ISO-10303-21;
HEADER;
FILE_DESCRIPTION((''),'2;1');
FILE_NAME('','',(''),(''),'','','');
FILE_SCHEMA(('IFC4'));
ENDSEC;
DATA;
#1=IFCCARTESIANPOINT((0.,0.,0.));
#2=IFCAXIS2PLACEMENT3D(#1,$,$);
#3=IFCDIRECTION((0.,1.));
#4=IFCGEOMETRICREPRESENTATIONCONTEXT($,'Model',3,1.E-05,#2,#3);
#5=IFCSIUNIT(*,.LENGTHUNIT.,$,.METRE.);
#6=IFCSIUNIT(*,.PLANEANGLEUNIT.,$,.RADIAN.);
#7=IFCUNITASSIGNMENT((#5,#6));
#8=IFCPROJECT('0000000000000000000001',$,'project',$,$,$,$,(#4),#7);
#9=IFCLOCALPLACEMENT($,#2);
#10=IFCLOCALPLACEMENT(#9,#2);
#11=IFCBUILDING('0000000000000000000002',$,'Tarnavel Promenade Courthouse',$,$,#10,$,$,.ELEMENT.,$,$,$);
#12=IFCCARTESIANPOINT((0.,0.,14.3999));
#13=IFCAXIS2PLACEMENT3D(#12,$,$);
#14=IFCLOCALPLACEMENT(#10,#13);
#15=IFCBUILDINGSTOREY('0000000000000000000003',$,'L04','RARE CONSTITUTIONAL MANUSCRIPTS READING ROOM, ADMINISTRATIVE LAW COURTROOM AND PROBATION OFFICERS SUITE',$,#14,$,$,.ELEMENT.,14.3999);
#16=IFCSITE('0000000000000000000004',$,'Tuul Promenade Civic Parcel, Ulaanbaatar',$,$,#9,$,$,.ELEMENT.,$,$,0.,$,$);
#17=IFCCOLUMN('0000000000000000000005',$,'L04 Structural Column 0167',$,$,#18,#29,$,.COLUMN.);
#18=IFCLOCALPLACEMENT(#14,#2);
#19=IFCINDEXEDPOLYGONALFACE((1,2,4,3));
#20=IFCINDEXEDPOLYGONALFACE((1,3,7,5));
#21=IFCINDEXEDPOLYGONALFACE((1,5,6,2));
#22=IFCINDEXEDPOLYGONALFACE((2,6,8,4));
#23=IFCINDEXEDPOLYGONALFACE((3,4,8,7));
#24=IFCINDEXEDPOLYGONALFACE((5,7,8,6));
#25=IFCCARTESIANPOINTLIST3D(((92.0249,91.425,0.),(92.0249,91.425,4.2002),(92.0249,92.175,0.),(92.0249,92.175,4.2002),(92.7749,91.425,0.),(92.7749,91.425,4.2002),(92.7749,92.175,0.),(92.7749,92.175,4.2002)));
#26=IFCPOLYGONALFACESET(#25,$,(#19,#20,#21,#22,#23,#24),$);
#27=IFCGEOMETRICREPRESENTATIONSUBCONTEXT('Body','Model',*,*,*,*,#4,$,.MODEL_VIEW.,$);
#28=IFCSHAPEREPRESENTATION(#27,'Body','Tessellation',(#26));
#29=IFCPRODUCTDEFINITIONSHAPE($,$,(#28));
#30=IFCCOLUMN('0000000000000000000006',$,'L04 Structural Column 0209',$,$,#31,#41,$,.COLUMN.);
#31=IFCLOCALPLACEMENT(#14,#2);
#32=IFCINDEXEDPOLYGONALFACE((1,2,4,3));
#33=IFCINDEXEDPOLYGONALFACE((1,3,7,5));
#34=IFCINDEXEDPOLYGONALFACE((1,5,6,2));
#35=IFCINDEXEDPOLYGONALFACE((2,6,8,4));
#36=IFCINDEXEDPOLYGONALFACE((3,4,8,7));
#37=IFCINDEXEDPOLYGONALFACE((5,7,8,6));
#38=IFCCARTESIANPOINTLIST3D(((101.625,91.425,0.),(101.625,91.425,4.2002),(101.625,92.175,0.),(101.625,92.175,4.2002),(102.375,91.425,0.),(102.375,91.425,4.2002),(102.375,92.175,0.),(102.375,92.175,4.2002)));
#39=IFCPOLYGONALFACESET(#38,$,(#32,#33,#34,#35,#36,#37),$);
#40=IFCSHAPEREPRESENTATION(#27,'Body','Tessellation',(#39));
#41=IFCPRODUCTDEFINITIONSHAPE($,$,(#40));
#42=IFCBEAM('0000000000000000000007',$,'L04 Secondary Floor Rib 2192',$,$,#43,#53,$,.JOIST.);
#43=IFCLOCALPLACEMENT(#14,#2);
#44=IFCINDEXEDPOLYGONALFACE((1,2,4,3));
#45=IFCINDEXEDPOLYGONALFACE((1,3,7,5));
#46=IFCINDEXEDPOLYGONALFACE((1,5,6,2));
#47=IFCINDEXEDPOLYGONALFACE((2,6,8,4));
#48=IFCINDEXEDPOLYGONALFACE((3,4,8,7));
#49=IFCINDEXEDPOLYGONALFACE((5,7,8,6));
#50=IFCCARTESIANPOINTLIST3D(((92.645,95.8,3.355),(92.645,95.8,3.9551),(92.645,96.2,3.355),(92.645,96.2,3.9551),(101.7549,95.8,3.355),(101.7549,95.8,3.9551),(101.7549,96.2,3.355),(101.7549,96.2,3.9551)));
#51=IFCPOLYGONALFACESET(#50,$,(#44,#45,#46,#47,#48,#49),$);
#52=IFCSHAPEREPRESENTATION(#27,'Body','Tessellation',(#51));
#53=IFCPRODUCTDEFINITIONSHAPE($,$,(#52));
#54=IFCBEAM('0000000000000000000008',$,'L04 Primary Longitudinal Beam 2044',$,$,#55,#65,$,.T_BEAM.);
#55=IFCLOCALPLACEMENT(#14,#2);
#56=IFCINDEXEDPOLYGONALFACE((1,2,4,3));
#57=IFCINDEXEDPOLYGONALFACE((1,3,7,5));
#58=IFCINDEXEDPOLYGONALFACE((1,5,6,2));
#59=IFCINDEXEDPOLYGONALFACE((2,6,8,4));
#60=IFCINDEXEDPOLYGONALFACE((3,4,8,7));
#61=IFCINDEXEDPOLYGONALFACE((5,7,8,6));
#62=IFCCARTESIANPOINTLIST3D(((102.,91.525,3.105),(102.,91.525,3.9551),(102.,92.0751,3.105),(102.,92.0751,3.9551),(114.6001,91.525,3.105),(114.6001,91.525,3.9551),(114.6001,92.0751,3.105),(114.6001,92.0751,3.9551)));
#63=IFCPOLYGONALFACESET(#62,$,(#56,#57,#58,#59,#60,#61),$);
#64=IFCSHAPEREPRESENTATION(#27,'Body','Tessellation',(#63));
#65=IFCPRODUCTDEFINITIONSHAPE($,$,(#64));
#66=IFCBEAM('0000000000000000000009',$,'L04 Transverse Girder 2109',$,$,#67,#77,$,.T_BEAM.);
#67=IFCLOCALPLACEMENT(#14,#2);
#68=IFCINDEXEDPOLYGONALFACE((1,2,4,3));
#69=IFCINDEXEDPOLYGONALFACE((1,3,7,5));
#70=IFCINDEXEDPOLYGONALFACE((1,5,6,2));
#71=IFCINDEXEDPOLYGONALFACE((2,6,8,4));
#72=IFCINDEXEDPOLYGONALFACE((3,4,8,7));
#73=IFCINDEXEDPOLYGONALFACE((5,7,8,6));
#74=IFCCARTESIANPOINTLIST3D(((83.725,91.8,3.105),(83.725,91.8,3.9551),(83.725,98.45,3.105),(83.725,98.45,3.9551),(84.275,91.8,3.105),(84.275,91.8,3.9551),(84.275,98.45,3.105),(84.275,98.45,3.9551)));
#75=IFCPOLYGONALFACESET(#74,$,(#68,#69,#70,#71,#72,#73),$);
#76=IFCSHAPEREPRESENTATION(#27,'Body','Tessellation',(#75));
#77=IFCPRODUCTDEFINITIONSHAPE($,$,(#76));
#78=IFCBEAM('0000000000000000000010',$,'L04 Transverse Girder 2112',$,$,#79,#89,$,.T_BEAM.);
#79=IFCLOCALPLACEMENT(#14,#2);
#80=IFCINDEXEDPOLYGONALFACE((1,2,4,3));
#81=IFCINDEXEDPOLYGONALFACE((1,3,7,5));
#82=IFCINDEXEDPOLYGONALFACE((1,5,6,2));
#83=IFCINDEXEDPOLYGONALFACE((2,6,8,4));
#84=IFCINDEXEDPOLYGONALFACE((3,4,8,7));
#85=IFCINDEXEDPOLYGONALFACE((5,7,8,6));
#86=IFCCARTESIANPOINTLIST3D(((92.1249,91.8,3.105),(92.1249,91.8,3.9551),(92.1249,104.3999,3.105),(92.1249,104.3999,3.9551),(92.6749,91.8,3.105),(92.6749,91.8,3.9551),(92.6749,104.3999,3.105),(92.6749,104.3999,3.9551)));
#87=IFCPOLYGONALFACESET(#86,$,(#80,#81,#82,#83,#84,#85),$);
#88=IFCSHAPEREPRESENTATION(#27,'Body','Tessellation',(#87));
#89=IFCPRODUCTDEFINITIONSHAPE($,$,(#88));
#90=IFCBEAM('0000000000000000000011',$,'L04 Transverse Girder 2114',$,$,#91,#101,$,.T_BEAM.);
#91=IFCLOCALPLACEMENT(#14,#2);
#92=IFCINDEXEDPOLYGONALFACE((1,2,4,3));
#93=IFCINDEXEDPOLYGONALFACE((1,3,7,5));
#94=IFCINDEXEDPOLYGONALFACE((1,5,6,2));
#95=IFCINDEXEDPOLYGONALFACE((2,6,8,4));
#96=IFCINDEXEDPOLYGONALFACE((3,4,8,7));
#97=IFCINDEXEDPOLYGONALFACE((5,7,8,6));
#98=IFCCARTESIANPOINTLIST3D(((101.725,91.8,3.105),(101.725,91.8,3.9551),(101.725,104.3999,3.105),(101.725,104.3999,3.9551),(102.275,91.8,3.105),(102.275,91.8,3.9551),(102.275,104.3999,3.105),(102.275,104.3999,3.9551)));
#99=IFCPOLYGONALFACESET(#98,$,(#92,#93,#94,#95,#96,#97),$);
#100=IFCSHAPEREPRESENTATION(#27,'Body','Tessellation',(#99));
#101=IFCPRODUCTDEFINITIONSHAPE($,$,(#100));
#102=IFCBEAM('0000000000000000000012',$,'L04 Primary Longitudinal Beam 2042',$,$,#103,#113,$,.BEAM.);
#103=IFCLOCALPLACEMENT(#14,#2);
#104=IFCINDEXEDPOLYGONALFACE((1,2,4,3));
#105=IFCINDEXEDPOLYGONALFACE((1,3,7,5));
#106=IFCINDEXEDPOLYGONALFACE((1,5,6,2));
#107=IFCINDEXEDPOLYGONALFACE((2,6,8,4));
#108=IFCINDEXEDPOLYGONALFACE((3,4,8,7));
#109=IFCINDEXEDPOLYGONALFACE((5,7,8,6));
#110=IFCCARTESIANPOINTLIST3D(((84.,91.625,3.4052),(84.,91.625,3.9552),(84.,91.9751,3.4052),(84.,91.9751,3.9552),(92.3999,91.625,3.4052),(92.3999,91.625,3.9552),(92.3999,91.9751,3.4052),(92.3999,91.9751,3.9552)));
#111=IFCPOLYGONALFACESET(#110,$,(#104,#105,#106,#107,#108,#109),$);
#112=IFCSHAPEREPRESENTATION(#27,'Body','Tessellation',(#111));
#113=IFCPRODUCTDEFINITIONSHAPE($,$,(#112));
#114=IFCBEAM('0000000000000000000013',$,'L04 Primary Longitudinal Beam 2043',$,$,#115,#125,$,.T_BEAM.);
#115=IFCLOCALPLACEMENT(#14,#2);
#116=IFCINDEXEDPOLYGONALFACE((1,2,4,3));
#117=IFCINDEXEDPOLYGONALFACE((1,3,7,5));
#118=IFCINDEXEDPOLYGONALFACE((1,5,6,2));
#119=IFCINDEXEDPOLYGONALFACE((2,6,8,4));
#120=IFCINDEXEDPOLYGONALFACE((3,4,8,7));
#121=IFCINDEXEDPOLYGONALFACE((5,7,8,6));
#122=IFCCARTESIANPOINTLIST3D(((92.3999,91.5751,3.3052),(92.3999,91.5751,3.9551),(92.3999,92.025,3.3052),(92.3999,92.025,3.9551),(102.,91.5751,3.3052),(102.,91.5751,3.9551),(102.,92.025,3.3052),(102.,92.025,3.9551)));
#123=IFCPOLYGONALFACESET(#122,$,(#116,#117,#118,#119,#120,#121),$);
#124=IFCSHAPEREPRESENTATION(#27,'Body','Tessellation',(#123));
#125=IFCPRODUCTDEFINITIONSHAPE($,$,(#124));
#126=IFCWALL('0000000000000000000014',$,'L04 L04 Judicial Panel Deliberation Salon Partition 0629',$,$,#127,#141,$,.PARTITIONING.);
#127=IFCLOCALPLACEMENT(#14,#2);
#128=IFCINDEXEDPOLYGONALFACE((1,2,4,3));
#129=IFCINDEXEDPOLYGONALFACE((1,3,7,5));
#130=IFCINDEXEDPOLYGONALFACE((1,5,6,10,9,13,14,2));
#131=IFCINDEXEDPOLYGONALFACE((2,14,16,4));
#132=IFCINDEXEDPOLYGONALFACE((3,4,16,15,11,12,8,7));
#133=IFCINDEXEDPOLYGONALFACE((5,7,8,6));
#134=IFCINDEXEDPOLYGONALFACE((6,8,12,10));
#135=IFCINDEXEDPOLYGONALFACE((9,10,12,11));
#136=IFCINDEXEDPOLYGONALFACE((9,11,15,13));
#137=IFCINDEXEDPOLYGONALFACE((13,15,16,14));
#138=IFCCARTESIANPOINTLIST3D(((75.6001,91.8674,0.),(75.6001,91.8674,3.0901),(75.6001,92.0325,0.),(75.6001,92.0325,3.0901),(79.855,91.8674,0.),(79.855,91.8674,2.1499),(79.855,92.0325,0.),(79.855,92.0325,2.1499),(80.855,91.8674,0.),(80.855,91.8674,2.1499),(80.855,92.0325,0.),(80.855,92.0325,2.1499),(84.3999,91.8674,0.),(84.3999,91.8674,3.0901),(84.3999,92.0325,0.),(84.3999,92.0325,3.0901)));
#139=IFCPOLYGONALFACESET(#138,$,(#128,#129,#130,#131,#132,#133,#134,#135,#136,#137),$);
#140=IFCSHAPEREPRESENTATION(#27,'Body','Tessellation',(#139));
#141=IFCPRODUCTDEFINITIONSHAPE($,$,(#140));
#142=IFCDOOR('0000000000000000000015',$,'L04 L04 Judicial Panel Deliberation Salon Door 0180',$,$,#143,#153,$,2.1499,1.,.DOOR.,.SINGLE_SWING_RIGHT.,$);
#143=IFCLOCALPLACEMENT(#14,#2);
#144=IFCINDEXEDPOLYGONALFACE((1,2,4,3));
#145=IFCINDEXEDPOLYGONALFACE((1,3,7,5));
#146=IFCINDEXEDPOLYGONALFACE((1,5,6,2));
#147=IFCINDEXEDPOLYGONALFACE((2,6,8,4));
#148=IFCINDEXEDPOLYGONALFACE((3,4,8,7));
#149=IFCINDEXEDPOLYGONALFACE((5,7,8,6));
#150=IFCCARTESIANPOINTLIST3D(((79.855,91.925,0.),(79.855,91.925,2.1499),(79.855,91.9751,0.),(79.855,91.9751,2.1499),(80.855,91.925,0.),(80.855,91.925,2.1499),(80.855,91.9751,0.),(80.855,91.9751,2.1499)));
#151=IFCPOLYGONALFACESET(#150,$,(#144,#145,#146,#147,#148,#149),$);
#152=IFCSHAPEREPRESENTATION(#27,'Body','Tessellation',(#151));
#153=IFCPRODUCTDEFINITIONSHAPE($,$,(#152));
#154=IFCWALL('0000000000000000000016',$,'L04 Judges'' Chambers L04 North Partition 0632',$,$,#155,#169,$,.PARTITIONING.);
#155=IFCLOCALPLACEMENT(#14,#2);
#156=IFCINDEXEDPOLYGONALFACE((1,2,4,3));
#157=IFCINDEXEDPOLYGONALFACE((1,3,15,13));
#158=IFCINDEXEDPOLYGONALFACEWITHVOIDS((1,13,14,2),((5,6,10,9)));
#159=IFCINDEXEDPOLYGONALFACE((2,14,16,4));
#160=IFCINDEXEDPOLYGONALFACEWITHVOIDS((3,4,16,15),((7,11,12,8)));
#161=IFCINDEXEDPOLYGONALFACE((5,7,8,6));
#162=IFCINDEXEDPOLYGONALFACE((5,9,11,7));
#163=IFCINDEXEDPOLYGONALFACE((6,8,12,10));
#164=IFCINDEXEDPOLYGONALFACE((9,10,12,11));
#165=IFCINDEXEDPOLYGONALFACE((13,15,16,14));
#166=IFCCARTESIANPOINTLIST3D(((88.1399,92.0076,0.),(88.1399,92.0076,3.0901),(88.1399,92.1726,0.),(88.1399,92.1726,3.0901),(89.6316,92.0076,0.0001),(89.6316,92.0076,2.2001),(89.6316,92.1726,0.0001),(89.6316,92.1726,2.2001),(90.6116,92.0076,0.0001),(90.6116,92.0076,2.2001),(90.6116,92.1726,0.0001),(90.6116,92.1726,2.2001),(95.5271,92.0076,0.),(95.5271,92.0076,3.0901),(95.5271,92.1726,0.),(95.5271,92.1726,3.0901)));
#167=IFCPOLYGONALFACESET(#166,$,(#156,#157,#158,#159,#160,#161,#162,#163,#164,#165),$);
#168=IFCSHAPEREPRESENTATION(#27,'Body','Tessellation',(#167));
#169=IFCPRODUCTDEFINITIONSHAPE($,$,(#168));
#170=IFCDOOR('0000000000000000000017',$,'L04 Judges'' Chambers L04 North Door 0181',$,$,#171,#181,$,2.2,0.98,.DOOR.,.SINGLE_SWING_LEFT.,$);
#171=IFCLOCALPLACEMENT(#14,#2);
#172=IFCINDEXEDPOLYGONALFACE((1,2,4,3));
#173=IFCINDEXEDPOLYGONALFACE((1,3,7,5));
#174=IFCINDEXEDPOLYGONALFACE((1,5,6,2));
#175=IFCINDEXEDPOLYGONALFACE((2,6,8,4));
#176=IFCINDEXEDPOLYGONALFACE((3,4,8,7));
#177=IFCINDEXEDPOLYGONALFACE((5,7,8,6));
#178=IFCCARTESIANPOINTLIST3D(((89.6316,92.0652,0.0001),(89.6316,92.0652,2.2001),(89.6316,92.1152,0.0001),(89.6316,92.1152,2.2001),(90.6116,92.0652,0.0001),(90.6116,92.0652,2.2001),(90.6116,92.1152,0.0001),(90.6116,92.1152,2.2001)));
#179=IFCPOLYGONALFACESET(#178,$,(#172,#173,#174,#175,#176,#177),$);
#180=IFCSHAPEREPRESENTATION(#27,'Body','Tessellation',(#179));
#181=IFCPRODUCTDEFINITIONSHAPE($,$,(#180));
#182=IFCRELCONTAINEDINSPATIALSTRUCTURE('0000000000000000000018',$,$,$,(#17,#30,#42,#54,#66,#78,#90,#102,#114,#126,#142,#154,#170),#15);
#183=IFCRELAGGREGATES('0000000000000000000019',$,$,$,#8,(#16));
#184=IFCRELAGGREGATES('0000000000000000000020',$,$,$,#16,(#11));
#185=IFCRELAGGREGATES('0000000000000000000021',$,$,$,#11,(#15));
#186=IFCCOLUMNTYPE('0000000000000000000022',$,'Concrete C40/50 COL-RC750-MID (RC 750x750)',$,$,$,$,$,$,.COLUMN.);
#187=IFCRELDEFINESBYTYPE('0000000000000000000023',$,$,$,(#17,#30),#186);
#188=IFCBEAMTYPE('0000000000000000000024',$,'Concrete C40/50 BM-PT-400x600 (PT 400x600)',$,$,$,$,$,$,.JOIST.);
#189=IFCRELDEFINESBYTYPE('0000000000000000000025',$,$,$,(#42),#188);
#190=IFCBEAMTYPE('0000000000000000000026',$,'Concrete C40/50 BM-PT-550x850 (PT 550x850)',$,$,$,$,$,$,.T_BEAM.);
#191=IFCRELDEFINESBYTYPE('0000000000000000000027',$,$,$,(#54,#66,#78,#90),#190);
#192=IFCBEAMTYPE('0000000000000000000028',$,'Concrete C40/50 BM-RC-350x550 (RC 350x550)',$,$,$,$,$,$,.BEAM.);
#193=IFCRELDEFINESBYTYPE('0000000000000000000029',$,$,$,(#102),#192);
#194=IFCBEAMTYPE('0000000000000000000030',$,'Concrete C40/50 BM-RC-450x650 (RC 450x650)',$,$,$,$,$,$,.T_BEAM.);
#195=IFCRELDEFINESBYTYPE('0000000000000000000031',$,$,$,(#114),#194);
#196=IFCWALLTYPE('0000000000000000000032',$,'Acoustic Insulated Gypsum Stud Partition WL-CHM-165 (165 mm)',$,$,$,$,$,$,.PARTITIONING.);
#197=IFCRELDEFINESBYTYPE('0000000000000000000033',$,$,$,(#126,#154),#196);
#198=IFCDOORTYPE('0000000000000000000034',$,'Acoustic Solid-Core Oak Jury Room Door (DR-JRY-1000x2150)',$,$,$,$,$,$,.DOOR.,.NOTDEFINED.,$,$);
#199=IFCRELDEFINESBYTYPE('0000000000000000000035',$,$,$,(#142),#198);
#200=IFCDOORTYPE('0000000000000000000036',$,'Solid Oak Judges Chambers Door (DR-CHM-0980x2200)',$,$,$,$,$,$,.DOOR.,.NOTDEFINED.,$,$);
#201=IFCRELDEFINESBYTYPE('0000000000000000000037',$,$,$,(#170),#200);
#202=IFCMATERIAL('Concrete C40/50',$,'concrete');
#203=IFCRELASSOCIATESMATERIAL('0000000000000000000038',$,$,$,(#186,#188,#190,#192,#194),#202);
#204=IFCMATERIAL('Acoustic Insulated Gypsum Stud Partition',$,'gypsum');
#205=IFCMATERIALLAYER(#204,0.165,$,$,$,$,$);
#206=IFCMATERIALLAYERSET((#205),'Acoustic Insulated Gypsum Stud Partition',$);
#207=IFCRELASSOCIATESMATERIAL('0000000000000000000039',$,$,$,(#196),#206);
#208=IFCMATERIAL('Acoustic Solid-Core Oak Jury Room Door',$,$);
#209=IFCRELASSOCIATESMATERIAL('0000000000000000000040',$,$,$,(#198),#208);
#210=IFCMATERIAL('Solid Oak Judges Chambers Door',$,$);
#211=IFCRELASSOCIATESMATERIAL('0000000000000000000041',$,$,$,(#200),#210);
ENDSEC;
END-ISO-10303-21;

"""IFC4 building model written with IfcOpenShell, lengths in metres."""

from ifc_helpers import new_model, si_unit, direction, frame, frame_2d, origin, origin_2d, place, context, subcontext, project, spatial, rectangle, extrude, material, layer, layer_set, material_profile, profile_set, type_object, element, fill, save


model = new_model("IFC4")

# Units and contexts
model_context = context("Model", 3, precision=1e-05, world=origin(), true_north=direction((0.0, 1.0)))
body_context = subcontext(model_context, "Body", "Model", "MODEL_VIEW")
ifc_project = project(units=[si_unit("LENGTHUNIT", "METRE"), si_unit("PLANEANGLEUNIT", "RADIAN")], contexts=[model_context])

# Site, building, storey
site_placement = place(None, origin())
site = spatial("IfcSite", under=ifc_project, at=site_placement, Name="Tuul Promenade Civic Parcel, Ulaanbaatar", CompositionType="ELEMENT", RefElevation=0.0)
building_placement = place(site_placement, origin())
building = spatial("IfcBuilding", under=site, at=building_placement, Name="Tarnavel Promenade Courthouse", CompositionType="ELEMENT")
storey_placement = place(building_placement, frame((0.0, 0.0, 14.3999)))
storey = spatial("IfcBuildingStorey", under=building, at=storey_placement, Name="L04", Description="RARE CONSTITUTIONAL MANUSCRIPTS READING ROOM, ADMINISTRATIVE LAW COURTROOM AND PROBATION OFFICERS SUITE", CompositionType="ELEMENT", Elevation=14.3999)

# Columns
ifc_material_1 = material(Name="Concrete C40/50", Category="concrete")
ifc_material_profile_1 = material_profile(ifc_material_1, rectangle(XDim=0.75, YDim=0.75, at=origin_2d()), Name="RC 750x750")
ifc_profile_set_1 = profile_set([ifc_material_profile_1], Name="Concrete C40/50")
column_type = type_object("IfcColumnType", Name="Concrete C40/50 COL-RC750-MID (RC 750x750)", PredefinedType="COLUMN", material=ifc_profile_set_1)
for number, where, z_axis, x_axis, name in (
    (1, (92.3999, 91.8, 0.0), (0.0, 0.0, 1.0), (1.0, 0.0, 0.0), "L04 Structural Column 0167"),
    (2, (102.0, 91.8, 0.0), (0.0, 0.0, 1.0), (1.0, 0.0, 0.0), "L04 Structural Column 0209"),
):
    element("IfcColumn", number, at=place(storey_placement, frame(where, z_axis=z_axis, x_axis=x_axis)), inside=storey, type_object=column_type, Name=name, PredefinedType="COLUMN", context=body_context, shape_type="SweptSolid", body=[
        extrude(rectangle(XDim=0.75, YDim=0.75, at=origin_2d()), origin(), (0.0, 0.0, 1.0), 4.2002),
    ])

# Beams
ifc_material_profile_2 = material_profile(ifc_material_1, rectangle(XDim=0.3999, YDim=0.6001, at=origin_2d()), Name="PT 400x600")
ifc_profile_set_2 = profile_set([ifc_material_profile_2], Name="Concrete C40/50")
beam_type_1 = type_object("IfcBeamType", Name="Concrete C40/50 BM-PT-400x600 (PT 400x600)", PredefinedType="JOIST", material=ifc_profile_set_2)
beam_1_placement = place(storey_placement, frame((92.645, 96.0, 3.655), z_axis=(1.0, 0.0, 0.0), x_axis=(0.0, 1.0, 0.0)))
element("IfcBeam", 3, at=beam_1_placement, inside=storey, type_object=beam_type_1, Name="L04 Secondary Floor Rib 2192", PredefinedType="JOIST", context=body_context, shape_type="SweptSolid", body=[
    extrude(rectangle(XDim=0.3999, YDim=0.6001, at=origin_2d()), origin(), (0.0, 0.0, 1.0), 9.1099),
])
ifc_material_profile_3 = material_profile(ifc_material_1, rectangle(XDim=0.55, YDim=0.8501, at=origin_2d()), Name="PT 550x850")
ifc_profile_set_3 = profile_set([ifc_material_profile_3], Name="Concrete C40/50")
beam_type_2 = type_object("IfcBeamType", Name="Concrete C40/50 BM-PT-550x850 (PT 550x850)", PredefinedType="T_BEAM", material=ifc_profile_set_3)
beam_2_placement = place(storey_placement, frame((102.0, 91.8, 3.53), z_axis=(1.0, 0.0, 0.0), x_axis=(0.0, 1.0, 0.0)))
element("IfcBeam", 4, at=beam_2_placement, inside=storey, type_object=beam_type_2, Name="L04 Primary Longitudinal Beam 2044", PredefinedType="T_BEAM", context=body_context, shape_type="SweptSolid", body=[
    extrude(rectangle(XDim=0.55, YDim=0.8501, at=origin_2d()), origin(), (0.0, 0.0, 1.0), 12.6001),
])
beam_3_placement = place(storey_placement, frame((84.0, 91.8, 3.53), z_axis=(0.0, 1.0, 0.0), x_axis=(-1.0, 0.0, 0.0)))
element("IfcBeam", 5, at=beam_3_placement, inside=storey, type_object=beam_type_2, Name="L04 Transverse Girder 2109", PredefinedType="T_BEAM", context=body_context, shape_type="SweptSolid", body=[
    extrude(rectangle(XDim=0.55, YDim=0.8501, at=origin_2d()), origin(), (0.0, 0.0, 1.0), 6.6499),
])
for number, where, z_axis, x_axis, name in (
    (6, (92.3999, 91.8, 3.53), (0.0, 1.0, 0.0), (-1.0, 0.0, 0.0), "L04 Transverse Girder 2112"),
    (7, (102.0, 91.8, 3.53), (0.0, 1.0, 0.0), (-1.0, 0.0, 0.0), "L04 Transverse Girder 2114"),
):
    element("IfcBeam", number, at=place(storey_placement, frame(where, z_axis=z_axis, x_axis=x_axis)), inside=storey, type_object=beam_type_2, Name=name, PredefinedType="T_BEAM", context=body_context, shape_type="SweptSolid", body=[
        extrude(rectangle(XDim=0.55, YDim=0.8501, at=origin_2d()), origin(), (0.0, 0.0, 1.0), 12.5999),
    ])
ifc_material_profile_4 = material_profile(ifc_material_1, rectangle(XDim=0.3501, YDim=0.55, at=origin_2d()), Name="RC 350x550")
ifc_profile_set_4 = profile_set([ifc_material_profile_4], Name="Concrete C40/50")
beam_type_3 = type_object("IfcBeamType", Name="Concrete C40/50 BM-RC-350x550 (RC 350x550)", PredefinedType="BEAM", material=ifc_profile_set_4)
beam_4_placement = place(storey_placement, frame((84.0, 91.8, 3.6802), z_axis=(1.0, 0.0, 0.0), x_axis=(0.0, 1.0, 0.0)))
element("IfcBeam", 8, at=beam_4_placement, inside=storey, type_object=beam_type_3, Name="L04 Primary Longitudinal Beam 2042", PredefinedType="BEAM", context=body_context, shape_type="SweptSolid", body=[
    extrude(rectangle(XDim=0.3501, YDim=0.55, at=origin_2d()), origin(), (0.0, 0.0, 1.0), 8.3999),
])
ifc_material_profile_5 = material_profile(ifc_material_1, rectangle(XDim=0.45, YDim=0.6499, at=origin_2d()), Name="RC 450x650")
ifc_profile_set_5 = profile_set([ifc_material_profile_5], Name="Concrete C40/50")
beam_type_4 = type_object("IfcBeamType", Name="Concrete C40/50 BM-RC-450x650 (RC 450x650)", PredefinedType="T_BEAM", material=ifc_profile_set_5)
beam_5_placement = place(storey_placement, frame((92.3999, 91.8, 3.6301), z_axis=(1.0, 0.0, 0.0), x_axis=(0.0, 1.0, 0.0)))
element("IfcBeam", 9, at=beam_5_placement, inside=storey, type_object=beam_type_4, Name="L04 Primary Longitudinal Beam 2043", PredefinedType="T_BEAM", context=body_context, shape_type="SweptSolid", body=[
    extrude(rectangle(XDim=0.45, YDim=0.6499, at=origin_2d()), origin(), (0.0, 0.0, 1.0), 9.6001),
])

# Walls, openings, doors
ifc_material_2 = material(Name="Acoustic Insulated Gypsum Stud Partition", Category="gypsum")
ifc_layer_1 = layer(ifc_material_2, 0.165)
ifc_layer_set_1 = layer_set([ifc_layer_1], Name="Acoustic Insulated Gypsum Stud Partition")
wall_type_1 = type_object("IfcWallType", Name="Acoustic Insulated Gypsum Stud Partition WL-CHM-165 (165 mm)", PredefinedType="PARTITIONING", material=ifc_layer_set_1)
wall_1_placement = place(storey_placement, frame((84.3999, 91.95, 0.0), z_axis=(0.0, 0.0, 1.0), x_axis=(-1.0, 0.0, 0.0)))
wall_1 = element("IfcWall", 10, at=wall_1_placement, inside=storey, type_object=wall_type_1, Name="L04 L04 Judicial Panel Deliberation Salon Partition 0629", PredefinedType="PARTITIONING", context=body_context, shape_type="SweptSolid", body=[
    extrude(rectangle(XDim=8.7998, YDim=0.165, at=frame_2d((4.3999, 0.0))), origin(), (0.0, 0.0, 1.0), 3.0901),
])
opening_1_placement = place(wall_1_placement, frame((3.5449, 0.0, 0.0)))
opening_1 = element("IfcOpeningElement", 11, at=opening_1_placement, cuts=wall_1, PredefinedType="OPENING", context=body_context, shape_type="SweptSolid", body=[
    extrude(rectangle(XDim=1.0, YDim=2.1499, at=frame_2d((0.5, 1.075))), frame((0.0, 0.0925, 0.0), z_axis=(0.0, -1.0, 0.0), x_axis=(1.0, 0.0, 0.0)), (0.0, 0.0, 1.0), 0.1851),
])
ifc_material_3 = material(Name="Acoustic Solid-Core Oak Jury Room Door")
door_type_1 = type_object("IfcDoorType", Name="Acoustic Solid-Core Oak Jury Room Door (DR-JRY-1000x2150)", OperationType="NOTDEFINED", PredefinedType="DOOR", material=ifc_material_3)
door_1_placement = place(opening_1_placement, origin())
door_1 = element("IfcDoor", 12, at=door_1_placement, inside=storey, type_object=door_type_1, Name="L04 L04 Judicial Panel Deliberation Salon Door 0180", OperationType="SINGLE_SWING_RIGHT", OverallHeight=2.1499, OverallWidth=1.0, PredefinedType="DOOR", context=body_context, shape_type="SweptSolid", body=[
    extrude(rectangle(XDim=1.0, YDim=2.1499, at=frame_2d((0.5, 1.075))), frame((0.0, 0.0249, 0.0), z_axis=(0.0, -1.0, 0.0), x_axis=(1.0, 0.0, 0.0)), (0.0, 0.0, 1.0), 0.05),
])
fill(opening_1, door_1)
wall_2_placement = place(storey_placement, frame((95.5271, 92.0901, 0.0), z_axis=(0.0, 0.0, 1.0), x_axis=(-1.0, 0.0, 0.0)))
wall_2 = element("IfcWall", 13, at=wall_2_placement, inside=storey, type_object=wall_type_1, Name="L04 Judges' Chambers L04 North Partition 0632", PredefinedType="PARTITIONING", context=body_context, shape_type="SweptSolid", body=[
    extrude(rectangle(XDim=7.3872, YDim=0.165, at=frame_2d((3.6936, 0.0))), origin(), (0.0, 0.0, 1.0), 3.0901),
])
opening_2_placement = place(wall_2_placement, frame((4.9155, 0.0, 0.0)))
opening_2 = element("IfcOpeningElement", 14, at=opening_2_placement, cuts=wall_2, PredefinedType="OPENING", context=body_context, shape_type="SweptSolid", body=[
    extrude(rectangle(XDim=0.98, YDim=2.2, at=frame_2d((0.49, 1.1001))), frame((0.0, 0.0925, 0.0), z_axis=(0.0, -1.0, 0.0), x_axis=(1.0, 0.0, 0.0)), (0.0, 0.0, 1.0), 0.1851),
])
ifc_material_4 = material(Name="Solid Oak Judges Chambers Door")
door_type_2 = type_object("IfcDoorType", Name="Solid Oak Judges Chambers Door (DR-CHM-0980x2200)", OperationType="NOTDEFINED", PredefinedType="DOOR", material=ifc_material_4)
door_2_placement = place(opening_2_placement, origin())
door_2 = element("IfcDoor", 15, at=door_2_placement, inside=storey, type_object=door_type_2, Name="L04 Judges' Chambers L04 North Door 0181", OperationType="SINGLE_SWING_LEFT", OverallHeight=2.2, OverallWidth=0.98, PredefinedType="DOOR", context=body_context, shape_type="SweptSolid", body=[
    extrude(rectangle(XDim=0.98, YDim=2.2, at=frame_2d((0.49, 1.1001))), frame((0.0, 0.0249, 0.0), z_axis=(0.0, -1.0, 0.0), x_axis=(1.0, 0.0, 0.0)), (0.0, 0.0, 1.0), 0.05),
])
fill(opening_2, door_2)

save(model, "model.ifc")
